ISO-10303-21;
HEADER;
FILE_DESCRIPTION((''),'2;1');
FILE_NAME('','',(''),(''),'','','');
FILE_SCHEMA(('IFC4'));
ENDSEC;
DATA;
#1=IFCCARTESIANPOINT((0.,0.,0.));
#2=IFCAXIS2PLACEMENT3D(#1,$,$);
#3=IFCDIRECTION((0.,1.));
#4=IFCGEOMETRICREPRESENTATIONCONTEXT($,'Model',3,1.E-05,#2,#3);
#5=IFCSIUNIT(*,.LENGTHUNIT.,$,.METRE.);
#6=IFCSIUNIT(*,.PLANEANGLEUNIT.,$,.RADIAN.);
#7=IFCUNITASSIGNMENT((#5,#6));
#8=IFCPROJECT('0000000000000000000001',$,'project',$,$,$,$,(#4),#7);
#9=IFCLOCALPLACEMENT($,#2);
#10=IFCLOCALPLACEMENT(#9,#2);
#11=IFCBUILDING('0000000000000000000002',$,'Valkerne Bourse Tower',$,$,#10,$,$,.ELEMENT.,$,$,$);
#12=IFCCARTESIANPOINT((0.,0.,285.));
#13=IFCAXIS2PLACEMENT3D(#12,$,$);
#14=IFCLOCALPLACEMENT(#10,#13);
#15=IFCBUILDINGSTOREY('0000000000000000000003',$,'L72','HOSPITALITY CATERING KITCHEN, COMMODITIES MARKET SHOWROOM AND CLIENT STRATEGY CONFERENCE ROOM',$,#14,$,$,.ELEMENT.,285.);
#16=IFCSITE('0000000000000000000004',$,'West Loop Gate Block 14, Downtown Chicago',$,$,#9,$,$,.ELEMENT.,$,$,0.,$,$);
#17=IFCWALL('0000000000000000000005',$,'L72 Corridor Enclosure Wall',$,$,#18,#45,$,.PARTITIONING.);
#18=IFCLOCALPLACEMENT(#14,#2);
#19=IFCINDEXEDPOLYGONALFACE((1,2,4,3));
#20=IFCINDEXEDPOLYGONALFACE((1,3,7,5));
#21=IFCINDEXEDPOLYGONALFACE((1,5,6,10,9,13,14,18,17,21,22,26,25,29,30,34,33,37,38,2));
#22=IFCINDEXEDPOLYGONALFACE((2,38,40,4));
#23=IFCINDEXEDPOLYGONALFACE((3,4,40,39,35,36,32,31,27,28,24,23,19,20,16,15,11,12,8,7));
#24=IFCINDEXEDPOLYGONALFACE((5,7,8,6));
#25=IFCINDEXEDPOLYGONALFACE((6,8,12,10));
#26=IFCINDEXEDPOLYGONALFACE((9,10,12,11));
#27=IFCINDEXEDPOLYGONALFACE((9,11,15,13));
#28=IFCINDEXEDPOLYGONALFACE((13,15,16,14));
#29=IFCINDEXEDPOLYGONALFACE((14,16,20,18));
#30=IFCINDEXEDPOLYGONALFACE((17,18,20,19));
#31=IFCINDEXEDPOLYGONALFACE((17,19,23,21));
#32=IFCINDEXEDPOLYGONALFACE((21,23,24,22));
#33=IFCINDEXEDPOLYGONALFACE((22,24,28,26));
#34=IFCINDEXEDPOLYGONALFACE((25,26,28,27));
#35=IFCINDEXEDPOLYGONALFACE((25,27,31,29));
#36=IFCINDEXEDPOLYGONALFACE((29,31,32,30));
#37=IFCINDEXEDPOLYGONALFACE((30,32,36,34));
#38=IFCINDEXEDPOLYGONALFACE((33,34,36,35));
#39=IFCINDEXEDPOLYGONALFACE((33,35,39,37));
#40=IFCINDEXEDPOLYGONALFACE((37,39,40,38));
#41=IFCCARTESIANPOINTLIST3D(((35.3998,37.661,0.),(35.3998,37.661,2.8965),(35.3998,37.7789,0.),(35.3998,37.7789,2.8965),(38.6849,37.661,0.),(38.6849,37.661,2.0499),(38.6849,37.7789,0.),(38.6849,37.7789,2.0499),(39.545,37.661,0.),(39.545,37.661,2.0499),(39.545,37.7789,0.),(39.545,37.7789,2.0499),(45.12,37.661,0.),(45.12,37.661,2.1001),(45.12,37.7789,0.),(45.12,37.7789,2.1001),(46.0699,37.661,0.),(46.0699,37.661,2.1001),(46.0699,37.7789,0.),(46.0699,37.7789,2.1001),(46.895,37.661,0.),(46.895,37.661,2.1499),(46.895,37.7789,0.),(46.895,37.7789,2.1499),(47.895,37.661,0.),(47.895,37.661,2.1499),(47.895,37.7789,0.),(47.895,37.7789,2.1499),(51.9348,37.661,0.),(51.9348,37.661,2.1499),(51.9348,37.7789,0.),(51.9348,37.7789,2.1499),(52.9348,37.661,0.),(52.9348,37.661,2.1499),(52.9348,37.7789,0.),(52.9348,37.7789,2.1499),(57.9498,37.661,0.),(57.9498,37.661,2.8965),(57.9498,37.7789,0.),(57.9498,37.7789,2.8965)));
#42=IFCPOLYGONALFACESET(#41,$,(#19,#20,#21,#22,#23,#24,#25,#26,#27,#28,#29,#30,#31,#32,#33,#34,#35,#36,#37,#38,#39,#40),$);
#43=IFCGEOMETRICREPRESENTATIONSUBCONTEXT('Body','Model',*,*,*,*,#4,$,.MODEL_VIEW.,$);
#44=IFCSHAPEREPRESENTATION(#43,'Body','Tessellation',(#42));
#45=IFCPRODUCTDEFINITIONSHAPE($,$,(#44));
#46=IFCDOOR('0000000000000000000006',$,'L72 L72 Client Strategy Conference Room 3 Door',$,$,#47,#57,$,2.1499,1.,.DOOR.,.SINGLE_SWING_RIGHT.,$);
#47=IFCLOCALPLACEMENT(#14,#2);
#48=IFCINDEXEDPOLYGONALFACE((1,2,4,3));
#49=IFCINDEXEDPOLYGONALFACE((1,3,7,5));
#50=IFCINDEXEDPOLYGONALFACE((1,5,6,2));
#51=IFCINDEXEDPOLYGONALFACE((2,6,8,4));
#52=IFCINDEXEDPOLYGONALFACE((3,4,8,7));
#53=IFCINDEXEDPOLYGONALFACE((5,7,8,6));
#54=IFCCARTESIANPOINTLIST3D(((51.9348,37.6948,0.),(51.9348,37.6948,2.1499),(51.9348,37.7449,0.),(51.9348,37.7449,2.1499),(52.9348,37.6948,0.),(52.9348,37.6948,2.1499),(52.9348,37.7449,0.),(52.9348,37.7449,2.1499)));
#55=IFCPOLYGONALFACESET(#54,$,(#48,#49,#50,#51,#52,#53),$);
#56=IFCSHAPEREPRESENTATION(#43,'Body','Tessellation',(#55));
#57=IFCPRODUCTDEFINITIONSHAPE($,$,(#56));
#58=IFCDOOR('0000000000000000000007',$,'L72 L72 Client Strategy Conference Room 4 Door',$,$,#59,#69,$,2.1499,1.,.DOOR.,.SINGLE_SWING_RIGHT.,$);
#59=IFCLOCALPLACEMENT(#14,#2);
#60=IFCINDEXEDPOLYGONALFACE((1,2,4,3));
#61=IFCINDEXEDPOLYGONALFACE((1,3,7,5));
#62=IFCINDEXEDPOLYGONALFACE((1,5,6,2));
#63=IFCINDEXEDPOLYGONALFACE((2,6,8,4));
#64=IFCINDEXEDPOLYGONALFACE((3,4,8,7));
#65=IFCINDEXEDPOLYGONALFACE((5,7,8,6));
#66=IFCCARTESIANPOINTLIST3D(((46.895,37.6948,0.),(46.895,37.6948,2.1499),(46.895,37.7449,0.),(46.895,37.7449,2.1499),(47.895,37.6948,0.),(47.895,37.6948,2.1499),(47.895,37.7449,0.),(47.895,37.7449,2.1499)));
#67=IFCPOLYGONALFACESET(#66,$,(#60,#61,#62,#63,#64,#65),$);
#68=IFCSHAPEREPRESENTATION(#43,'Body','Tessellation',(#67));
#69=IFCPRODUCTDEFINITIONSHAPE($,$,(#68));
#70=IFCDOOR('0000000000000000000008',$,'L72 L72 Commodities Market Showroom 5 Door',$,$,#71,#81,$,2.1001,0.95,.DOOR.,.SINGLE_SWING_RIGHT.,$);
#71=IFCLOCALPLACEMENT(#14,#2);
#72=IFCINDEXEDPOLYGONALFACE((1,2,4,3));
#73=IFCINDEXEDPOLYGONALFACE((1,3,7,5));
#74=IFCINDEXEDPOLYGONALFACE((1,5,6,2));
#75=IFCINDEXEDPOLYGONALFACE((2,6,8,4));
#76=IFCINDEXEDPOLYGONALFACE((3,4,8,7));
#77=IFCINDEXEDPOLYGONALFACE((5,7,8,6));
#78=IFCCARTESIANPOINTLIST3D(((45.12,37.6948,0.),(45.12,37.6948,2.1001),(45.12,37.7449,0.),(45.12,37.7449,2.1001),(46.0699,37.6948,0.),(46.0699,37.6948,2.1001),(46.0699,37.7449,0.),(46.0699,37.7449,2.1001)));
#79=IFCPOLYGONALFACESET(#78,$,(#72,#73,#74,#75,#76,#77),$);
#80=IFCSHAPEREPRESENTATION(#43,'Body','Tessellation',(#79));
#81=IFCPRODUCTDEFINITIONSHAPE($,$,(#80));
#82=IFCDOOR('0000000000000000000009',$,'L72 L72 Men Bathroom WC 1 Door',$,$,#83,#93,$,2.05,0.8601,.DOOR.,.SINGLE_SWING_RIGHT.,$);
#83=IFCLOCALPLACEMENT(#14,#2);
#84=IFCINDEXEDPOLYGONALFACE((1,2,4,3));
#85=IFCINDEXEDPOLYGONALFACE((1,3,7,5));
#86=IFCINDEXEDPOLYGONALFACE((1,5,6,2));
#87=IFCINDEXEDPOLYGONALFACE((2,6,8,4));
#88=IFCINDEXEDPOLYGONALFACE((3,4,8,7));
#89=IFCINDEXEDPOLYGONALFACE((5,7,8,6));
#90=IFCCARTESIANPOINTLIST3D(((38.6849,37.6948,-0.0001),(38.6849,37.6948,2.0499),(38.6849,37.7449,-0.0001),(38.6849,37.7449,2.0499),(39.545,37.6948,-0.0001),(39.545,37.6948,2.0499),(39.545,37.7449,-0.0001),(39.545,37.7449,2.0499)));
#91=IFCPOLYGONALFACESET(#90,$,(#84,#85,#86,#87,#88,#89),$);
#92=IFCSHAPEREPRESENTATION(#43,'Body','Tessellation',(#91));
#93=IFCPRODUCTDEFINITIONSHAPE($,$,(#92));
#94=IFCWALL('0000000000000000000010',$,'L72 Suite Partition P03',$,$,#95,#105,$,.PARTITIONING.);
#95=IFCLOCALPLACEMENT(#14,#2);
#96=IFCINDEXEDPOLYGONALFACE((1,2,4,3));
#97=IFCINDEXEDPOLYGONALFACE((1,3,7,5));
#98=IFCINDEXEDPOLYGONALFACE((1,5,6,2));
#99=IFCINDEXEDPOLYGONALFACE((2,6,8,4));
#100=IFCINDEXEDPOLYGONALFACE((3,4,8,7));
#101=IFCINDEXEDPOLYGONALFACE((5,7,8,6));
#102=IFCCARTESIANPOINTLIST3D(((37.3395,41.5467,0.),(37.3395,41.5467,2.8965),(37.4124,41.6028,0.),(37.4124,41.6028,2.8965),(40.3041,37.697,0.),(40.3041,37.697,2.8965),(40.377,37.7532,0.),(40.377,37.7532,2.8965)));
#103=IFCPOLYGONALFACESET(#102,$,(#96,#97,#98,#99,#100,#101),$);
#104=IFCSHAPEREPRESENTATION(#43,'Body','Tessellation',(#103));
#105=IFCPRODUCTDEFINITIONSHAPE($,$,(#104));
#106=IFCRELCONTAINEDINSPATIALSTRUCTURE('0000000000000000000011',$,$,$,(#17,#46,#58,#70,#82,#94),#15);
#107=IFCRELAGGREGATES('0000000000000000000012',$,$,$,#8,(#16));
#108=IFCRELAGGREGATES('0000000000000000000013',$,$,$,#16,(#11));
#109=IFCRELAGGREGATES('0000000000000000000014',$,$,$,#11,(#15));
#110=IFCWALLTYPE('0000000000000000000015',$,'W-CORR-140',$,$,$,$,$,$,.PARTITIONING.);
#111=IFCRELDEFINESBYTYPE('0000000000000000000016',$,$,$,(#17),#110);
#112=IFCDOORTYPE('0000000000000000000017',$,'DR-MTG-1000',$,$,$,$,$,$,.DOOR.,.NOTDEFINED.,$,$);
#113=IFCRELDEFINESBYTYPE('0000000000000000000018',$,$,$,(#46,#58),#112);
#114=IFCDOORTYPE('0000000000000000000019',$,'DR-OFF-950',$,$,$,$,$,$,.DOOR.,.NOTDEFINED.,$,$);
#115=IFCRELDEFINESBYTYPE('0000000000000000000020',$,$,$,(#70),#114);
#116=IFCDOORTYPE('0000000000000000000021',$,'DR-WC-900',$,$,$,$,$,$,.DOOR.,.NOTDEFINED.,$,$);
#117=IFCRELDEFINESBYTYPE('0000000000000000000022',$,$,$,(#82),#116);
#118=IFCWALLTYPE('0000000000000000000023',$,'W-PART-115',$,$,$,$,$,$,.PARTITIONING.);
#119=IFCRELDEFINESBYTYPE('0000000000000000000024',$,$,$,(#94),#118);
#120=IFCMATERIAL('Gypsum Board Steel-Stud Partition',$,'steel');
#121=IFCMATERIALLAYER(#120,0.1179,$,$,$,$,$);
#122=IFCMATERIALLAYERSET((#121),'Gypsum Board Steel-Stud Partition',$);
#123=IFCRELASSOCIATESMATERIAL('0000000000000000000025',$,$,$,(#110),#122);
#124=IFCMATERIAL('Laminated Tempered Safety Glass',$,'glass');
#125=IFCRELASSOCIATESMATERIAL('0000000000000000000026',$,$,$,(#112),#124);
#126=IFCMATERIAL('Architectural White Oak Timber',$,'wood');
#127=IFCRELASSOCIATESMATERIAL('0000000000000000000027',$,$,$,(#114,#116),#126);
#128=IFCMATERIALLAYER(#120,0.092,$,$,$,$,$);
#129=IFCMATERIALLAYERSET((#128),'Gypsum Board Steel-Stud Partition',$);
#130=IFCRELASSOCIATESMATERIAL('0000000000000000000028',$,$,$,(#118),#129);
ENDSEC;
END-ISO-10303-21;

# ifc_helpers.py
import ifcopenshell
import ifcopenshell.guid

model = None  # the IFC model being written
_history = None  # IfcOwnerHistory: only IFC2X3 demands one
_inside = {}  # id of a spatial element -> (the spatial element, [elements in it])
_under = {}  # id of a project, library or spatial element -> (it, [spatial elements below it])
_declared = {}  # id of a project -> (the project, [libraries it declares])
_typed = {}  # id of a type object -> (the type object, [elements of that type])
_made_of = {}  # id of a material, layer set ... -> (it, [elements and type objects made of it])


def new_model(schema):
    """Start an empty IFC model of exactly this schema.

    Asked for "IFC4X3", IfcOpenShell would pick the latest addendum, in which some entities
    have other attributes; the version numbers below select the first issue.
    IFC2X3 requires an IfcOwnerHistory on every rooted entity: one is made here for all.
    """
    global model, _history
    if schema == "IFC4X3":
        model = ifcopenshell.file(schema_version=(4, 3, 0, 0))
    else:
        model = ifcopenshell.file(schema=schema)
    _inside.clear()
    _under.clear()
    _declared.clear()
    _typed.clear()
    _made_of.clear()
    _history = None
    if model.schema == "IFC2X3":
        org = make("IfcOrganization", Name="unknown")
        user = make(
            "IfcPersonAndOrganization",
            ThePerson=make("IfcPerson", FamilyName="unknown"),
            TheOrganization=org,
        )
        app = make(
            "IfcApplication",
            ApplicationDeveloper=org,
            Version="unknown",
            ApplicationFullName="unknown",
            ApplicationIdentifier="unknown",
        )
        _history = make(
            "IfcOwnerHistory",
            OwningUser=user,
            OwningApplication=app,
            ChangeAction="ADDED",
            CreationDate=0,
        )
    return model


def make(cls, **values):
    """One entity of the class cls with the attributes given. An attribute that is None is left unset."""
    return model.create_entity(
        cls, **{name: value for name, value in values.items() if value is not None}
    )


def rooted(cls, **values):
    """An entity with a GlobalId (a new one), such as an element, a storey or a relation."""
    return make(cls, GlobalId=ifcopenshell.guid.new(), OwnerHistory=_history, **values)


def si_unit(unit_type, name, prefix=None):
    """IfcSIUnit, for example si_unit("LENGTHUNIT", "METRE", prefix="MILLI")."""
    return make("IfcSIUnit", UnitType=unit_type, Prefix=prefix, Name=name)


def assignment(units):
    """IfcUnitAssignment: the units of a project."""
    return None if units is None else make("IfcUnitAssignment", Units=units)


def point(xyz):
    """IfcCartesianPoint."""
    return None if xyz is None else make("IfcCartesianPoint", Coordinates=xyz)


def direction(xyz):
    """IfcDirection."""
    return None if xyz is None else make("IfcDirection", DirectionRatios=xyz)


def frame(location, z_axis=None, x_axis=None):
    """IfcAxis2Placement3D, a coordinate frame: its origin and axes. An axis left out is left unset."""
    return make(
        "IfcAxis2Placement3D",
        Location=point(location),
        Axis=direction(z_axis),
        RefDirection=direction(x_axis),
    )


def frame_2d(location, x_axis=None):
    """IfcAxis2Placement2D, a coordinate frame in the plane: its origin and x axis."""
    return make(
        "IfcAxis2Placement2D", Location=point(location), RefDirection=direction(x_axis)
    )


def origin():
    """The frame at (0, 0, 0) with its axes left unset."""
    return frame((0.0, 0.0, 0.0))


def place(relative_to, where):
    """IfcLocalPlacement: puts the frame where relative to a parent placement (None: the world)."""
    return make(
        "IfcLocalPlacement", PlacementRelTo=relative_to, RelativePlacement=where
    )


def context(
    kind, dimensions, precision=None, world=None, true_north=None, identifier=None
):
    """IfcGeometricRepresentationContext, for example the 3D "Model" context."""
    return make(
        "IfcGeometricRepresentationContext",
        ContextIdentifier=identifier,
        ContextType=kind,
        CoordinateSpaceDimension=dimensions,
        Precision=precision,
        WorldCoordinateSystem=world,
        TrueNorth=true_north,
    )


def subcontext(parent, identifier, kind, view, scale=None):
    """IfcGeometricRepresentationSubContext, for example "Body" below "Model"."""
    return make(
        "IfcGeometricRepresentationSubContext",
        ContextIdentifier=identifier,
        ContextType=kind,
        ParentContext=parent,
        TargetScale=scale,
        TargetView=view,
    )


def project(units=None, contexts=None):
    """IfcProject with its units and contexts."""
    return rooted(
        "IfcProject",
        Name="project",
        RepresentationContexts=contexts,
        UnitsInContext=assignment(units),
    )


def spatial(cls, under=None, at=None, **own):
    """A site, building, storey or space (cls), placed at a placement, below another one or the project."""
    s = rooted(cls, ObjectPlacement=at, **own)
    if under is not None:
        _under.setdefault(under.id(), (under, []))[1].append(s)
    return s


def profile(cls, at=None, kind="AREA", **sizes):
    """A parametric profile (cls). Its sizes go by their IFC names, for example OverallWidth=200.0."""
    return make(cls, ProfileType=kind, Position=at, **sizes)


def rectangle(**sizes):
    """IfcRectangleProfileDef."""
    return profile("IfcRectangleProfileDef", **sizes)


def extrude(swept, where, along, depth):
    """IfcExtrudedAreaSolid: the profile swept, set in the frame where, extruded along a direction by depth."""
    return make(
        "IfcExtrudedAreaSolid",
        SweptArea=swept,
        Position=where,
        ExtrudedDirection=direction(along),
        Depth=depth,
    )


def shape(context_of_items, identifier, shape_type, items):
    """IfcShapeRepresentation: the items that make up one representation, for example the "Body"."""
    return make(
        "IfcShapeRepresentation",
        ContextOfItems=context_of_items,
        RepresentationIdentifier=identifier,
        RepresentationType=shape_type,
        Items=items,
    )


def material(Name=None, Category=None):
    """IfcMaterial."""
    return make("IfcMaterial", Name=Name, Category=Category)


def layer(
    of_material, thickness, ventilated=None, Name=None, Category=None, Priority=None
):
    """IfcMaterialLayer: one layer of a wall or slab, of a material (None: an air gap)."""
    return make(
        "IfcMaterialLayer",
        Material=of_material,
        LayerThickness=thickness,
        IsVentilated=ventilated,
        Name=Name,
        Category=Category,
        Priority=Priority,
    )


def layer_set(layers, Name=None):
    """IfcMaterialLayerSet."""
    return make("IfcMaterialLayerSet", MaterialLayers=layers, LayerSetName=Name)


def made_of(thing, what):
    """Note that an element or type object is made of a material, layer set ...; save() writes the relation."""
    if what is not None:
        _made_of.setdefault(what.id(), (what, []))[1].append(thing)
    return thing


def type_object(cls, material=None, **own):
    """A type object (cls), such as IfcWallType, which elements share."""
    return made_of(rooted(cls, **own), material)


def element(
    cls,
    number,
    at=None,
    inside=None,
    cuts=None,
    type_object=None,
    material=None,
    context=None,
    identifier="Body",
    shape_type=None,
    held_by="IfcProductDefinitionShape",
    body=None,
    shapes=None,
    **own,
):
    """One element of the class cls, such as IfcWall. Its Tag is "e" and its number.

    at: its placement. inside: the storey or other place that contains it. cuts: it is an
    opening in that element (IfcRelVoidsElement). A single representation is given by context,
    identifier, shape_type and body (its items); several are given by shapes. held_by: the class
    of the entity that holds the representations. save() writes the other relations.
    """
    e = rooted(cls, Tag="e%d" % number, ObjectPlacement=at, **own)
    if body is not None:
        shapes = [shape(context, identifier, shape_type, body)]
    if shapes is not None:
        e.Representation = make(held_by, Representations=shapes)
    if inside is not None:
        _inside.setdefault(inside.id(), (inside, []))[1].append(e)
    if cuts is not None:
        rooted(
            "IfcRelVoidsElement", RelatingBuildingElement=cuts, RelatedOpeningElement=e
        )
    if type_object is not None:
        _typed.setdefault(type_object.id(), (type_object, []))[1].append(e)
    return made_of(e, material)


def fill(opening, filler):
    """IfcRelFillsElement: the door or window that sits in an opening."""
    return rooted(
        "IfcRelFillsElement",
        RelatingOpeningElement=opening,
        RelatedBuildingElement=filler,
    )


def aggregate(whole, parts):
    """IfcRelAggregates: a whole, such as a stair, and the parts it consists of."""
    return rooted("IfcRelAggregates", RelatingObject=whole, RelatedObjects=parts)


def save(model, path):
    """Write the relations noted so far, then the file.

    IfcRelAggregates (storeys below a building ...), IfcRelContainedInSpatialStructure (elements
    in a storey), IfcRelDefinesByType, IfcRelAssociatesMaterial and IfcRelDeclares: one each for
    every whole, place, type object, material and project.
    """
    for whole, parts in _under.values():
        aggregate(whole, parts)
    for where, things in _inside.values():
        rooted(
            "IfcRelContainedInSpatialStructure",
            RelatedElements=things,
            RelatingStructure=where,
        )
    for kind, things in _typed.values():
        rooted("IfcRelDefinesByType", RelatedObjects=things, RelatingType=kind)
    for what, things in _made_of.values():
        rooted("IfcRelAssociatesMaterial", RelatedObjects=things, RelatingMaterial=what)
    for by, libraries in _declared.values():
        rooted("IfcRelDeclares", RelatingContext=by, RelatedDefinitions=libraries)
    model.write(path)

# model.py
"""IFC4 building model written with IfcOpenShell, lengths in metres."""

from ifc_helpers import new_model, si_unit, direction, frame, frame_2d, origin, place, context, subcontext, project, spatial, rectangle, extrude, material, layer, layer_set, type_object, element, fill, save


model = new_model("IFC4")

# Units and contexts
model_context = context("Model", 3, precision=1e-05, world=origin(), true_north=direction((0.0, 1.0)))
body_context = subcontext(model_context, "Body", "Model", "MODEL_VIEW")
ifc_project = project(units=[si_unit("LENGTHUNIT", "METRE"), si_unit("PLANEANGLEUNIT", "RADIAN")], contexts=[model_context])

# Site, building, storey
site_placement = place(None, origin())
site = spatial("IfcSite", under=ifc_project, at=site_placement, Name="West Loop Gate Block 14, Downtown Chicago", CompositionType="ELEMENT", RefElevation=0.0)
building_placement = place(site_placement, origin())
building = spatial("IfcBuilding", under=site, at=building_placement, Name="Valkerne Bourse Tower", CompositionType="ELEMENT")
storey_placement = place(building_placement, frame((0.0, 0.0, 285.0)))
storey = spatial("IfcBuildingStorey", under=building, at=storey_placement, Name="L72", Description="HOSPITALITY CATERING KITCHEN, COMMODITIES MARKET SHOWROOM AND CLIENT STRATEGY CONFERENCE ROOM", CompositionType="ELEMENT", Elevation=285.0)

# Wall, openings, doors
ifc_material_1 = material(Name="Gypsum Board Steel-Stud Partition", Category="steel")
ifc_layer_1 = layer(ifc_material_1, 0.1179)
ifc_layer_set_1 = layer_set([ifc_layer_1], Name="Gypsum Board Steel-Stud Partition")
wall_type_1 = type_object("IfcWallType", Name="W-CORR-140", PredefinedType="PARTITIONING", material=ifc_layer_set_1)
wall_1_placement = place(storey_placement, frame((35.3999, 37.72, 0.0), z_axis=(0.0, 0.0, 1.0), x_axis=(1.0, 0.0, 0.0)))
wall_1 = element("IfcWall", 1, at=wall_1_placement, inside=storey, type_object=wall_type_1, Name="L72 Corridor Enclosure Wall", PredefinedType="PARTITIONING", context=body_context, shape_type="SweptSolid", body=[
    extrude(rectangle(XDim=22.55, YDim=0.1179, at=frame_2d((11.2749, 0.0))), origin(), (0.0, 0.0, 1.0), 2.8965),
])
opening_1_placement = place(wall_1_placement, frame((3.2849, 0.0, 0.0)))
opening_1 = element("IfcOpeningElement", 2, at=opening_1_placement, cuts=wall_1, PredefinedType="OPENING", context=body_context, shape_type="SweptSolid", body=[
    extrude(rectangle(XDim=0.8601, YDim=2.05, at=frame_2d((0.4302, 1.0249))), frame((0.0, 0.0688, 0.0), z_axis=(0.0, -1.0, 0.0), x_axis=(1.0, 0.0, 0.0)), (0.0, 0.0, 1.0), 0.1379),
])
opening_2_placement = place(wall_1_placement, frame((16.5349, 0.0, 0.0)))
opening_2 = element("IfcOpeningElement", 3, at=opening_2_placement, cuts=wall_1, PredefinedType="OPENING", context=body_context, shape_type="SweptSolid", body=[
    extrude(rectangle(XDim=1.0, YDim=2.1499, at=frame_2d((0.5, 1.075))), frame((0.0, 0.0688, 0.0), z_axis=(0.0, -1.0, 0.0), x_axis=(1.0, 0.0, 0.0)), (0.0, 0.0, 1.0), 0.1379),
])
opening_3_placement = place(wall_1_placement, frame((11.4951, 0.0, 0.0)))
opening_3 = element("IfcOpeningElement", 4, at=opening_3_placement, cuts=wall_1, PredefinedType="OPENING", context=body_context, shape_type="SweptSolid", body=[
    extrude(rectangle(XDim=1.0, YDim=2.1499, at=frame_2d((0.5, 1.075))), frame((0.0, 0.0688, 0.0), z_axis=(0.0, -1.0, 0.0), x_axis=(1.0, 0.0, 0.0)), (0.0, 0.0, 1.0), 0.1379),
])
opening_4_placement = place(wall_1_placement, frame((9.72, 0.0, 0.0)))
opening_4 = element("IfcOpeningElement", 5, at=opening_4_placement, cuts=wall_1, PredefinedType="OPENING", context=body_context, shape_type="SweptSolid", body=[
    extrude(rectangle(XDim=0.95, YDim=2.1001, at=frame_2d((0.4751, 1.05))), frame((0.0, 0.0688, 0.0), z_axis=(0.0, -1.0, 0.0), x_axis=(1.0, 0.0, 0.0)), (0.0, 0.0, 1.0), 0.1379),
])
ifc_material_2 = material(Name="Laminated Tempered Safety Glass", Category="glass")
door_type_1 = type_object("IfcDoorType", Name="DR-MTG-1000", OperationType="NOTDEFINED", PredefinedType="DOOR", material=ifc_material_2)
door_1_placement = place(opening_2_placement, origin())
door_1 = element("IfcDoor", 6, at=door_1_placement, inside=storey, type_object=door_type_1, Name="L72 L72 Client Strategy Conference Room 3 Door", OperationType="SINGLE_SWING_RIGHT", OverallHeight=2.1499, OverallWidth=1.0, PredefinedType="DOOR", context=body_context, shape_type="SweptSolid", body=[
    extrude(rectangle(XDim=1.0, YDim=2.1499, at=frame_2d((0.5, 1.075))), frame((0.0, 0.0249, 0.0), z_axis=(0.0, -1.0, 0.0), x_axis=(1.0, 0.0, 0.0)), (0.0, 0.0, 1.0), 0.05),
])
fill(opening_2, door_1)
door_2_placement = place(opening_3_placement, origin())
door_2 = element("IfcDoor", 7, at=door_2_placement, inside=storey, type_object=door_type_1, Name="L72 L72 Client Strategy Conference Room 4 Door", OperationType="SINGLE_SWING_RIGHT", OverallHeight=2.1499, OverallWidth=1.0, PredefinedType="DOOR", context=body_context, shape_type="SweptSolid", body=[
    extrude(rectangle(XDim=1.0, YDim=2.1499, at=frame_2d((0.5, 1.075))), frame((0.0, 0.0249, 0.0), z_axis=(0.0, -1.0, 0.0), x_axis=(1.0, 0.0, 0.0)), (0.0, 0.0, 1.0), 0.05),
])
fill(opening_3, door_2)
ifc_material_3 = material(Name="Architectural White Oak Timber", Category="wood")
door_type_2 = type_object("IfcDoorType", Name="DR-OFF-950", OperationType="NOTDEFINED", PredefinedType="DOOR", material=ifc_material_3)
door_3_placement = place(opening_4_placement, origin())
door_3 = element("IfcDoor", 8, at=door_3_placement, inside=storey, type_object=door_type_2, Name="L72 L72 Commodities Market Showroom 5 Door", OperationType="SINGLE_SWING_RIGHT", OverallHeight=2.1001, OverallWidth=0.95, PredefinedType="DOOR", context=body_context, shape_type="SweptSolid", body=[
    extrude(rectangle(XDim=0.95, YDim=2.1001, at=frame_2d((0.4751, 1.05))), frame((0.0, 0.0249, 0.0), z_axis=(0.0, -1.0, 0.0), x_axis=(1.0, 0.0, 0.0)), (0.0, 0.0, 1.0), 0.05),
])
fill(opening_4, door_3)
door_type_3 = type_object("IfcDoorType", Name="DR-WC-900", OperationType="NOTDEFINED", PredefinedType="DOOR", material=ifc_material_3)
door_4_placement = place(opening_1_placement, origin())
door_4 = element("IfcDoor", 9, at=door_4_placement, inside=storey, type_object=door_type_3, Name="L72 L72 Men Bathroom WC 1 Door", OperationType="SINGLE_SWING_RIGHT", OverallHeight=2.05, OverallWidth=0.8601, PredefinedType="DOOR", context=body_context, shape_type="SweptSolid", body=[
    extrude(rectangle(XDim=0.8601, YDim=2.05, at=frame_2d((0.4302, 1.0249))), frame((0.0, 0.0249, 0.0), z_axis=(0.0, -1.0, 0.0), x_axis=(1.0, 0.0, 0.0)), (0.0, 0.0, 1.0), 0.05),
])
fill(opening_1, door_4)

# Wall
ifc_layer_2 = layer(ifc_material_1, 0.092)
ifc_layer_set_2 = layer_set([ifc_layer_2], Name="Gypsum Board Steel-Stud Partition")
wall_type_2 = type_object("IfcWallType", Name="W-PART-115", PredefinedType="PARTITIONING", material=ifc_layer_set_2)
wall_2_placement = place(storey_placement, frame((40.3406, 37.7251, 0.0), z_axis=(0.0, 0.0, 1.0), x_axis=(-0.610145, 0.79229, 0.0)))
element("IfcWall", 10, at=wall_2_placement, inside=storey, type_object=wall_type_2, Name="L72 Suite Partition P03", PredefinedType="PARTITIONING", context=body_context, shape_type="SweptSolid", body=[
    extrude(rectangle(XDim=4.8589, YDim=0.092, at=frame_2d((2.4294, 0.0))), origin(), (0.0, 0.0, 1.0), 2.8965),
])

save(model, "model.ifc")
